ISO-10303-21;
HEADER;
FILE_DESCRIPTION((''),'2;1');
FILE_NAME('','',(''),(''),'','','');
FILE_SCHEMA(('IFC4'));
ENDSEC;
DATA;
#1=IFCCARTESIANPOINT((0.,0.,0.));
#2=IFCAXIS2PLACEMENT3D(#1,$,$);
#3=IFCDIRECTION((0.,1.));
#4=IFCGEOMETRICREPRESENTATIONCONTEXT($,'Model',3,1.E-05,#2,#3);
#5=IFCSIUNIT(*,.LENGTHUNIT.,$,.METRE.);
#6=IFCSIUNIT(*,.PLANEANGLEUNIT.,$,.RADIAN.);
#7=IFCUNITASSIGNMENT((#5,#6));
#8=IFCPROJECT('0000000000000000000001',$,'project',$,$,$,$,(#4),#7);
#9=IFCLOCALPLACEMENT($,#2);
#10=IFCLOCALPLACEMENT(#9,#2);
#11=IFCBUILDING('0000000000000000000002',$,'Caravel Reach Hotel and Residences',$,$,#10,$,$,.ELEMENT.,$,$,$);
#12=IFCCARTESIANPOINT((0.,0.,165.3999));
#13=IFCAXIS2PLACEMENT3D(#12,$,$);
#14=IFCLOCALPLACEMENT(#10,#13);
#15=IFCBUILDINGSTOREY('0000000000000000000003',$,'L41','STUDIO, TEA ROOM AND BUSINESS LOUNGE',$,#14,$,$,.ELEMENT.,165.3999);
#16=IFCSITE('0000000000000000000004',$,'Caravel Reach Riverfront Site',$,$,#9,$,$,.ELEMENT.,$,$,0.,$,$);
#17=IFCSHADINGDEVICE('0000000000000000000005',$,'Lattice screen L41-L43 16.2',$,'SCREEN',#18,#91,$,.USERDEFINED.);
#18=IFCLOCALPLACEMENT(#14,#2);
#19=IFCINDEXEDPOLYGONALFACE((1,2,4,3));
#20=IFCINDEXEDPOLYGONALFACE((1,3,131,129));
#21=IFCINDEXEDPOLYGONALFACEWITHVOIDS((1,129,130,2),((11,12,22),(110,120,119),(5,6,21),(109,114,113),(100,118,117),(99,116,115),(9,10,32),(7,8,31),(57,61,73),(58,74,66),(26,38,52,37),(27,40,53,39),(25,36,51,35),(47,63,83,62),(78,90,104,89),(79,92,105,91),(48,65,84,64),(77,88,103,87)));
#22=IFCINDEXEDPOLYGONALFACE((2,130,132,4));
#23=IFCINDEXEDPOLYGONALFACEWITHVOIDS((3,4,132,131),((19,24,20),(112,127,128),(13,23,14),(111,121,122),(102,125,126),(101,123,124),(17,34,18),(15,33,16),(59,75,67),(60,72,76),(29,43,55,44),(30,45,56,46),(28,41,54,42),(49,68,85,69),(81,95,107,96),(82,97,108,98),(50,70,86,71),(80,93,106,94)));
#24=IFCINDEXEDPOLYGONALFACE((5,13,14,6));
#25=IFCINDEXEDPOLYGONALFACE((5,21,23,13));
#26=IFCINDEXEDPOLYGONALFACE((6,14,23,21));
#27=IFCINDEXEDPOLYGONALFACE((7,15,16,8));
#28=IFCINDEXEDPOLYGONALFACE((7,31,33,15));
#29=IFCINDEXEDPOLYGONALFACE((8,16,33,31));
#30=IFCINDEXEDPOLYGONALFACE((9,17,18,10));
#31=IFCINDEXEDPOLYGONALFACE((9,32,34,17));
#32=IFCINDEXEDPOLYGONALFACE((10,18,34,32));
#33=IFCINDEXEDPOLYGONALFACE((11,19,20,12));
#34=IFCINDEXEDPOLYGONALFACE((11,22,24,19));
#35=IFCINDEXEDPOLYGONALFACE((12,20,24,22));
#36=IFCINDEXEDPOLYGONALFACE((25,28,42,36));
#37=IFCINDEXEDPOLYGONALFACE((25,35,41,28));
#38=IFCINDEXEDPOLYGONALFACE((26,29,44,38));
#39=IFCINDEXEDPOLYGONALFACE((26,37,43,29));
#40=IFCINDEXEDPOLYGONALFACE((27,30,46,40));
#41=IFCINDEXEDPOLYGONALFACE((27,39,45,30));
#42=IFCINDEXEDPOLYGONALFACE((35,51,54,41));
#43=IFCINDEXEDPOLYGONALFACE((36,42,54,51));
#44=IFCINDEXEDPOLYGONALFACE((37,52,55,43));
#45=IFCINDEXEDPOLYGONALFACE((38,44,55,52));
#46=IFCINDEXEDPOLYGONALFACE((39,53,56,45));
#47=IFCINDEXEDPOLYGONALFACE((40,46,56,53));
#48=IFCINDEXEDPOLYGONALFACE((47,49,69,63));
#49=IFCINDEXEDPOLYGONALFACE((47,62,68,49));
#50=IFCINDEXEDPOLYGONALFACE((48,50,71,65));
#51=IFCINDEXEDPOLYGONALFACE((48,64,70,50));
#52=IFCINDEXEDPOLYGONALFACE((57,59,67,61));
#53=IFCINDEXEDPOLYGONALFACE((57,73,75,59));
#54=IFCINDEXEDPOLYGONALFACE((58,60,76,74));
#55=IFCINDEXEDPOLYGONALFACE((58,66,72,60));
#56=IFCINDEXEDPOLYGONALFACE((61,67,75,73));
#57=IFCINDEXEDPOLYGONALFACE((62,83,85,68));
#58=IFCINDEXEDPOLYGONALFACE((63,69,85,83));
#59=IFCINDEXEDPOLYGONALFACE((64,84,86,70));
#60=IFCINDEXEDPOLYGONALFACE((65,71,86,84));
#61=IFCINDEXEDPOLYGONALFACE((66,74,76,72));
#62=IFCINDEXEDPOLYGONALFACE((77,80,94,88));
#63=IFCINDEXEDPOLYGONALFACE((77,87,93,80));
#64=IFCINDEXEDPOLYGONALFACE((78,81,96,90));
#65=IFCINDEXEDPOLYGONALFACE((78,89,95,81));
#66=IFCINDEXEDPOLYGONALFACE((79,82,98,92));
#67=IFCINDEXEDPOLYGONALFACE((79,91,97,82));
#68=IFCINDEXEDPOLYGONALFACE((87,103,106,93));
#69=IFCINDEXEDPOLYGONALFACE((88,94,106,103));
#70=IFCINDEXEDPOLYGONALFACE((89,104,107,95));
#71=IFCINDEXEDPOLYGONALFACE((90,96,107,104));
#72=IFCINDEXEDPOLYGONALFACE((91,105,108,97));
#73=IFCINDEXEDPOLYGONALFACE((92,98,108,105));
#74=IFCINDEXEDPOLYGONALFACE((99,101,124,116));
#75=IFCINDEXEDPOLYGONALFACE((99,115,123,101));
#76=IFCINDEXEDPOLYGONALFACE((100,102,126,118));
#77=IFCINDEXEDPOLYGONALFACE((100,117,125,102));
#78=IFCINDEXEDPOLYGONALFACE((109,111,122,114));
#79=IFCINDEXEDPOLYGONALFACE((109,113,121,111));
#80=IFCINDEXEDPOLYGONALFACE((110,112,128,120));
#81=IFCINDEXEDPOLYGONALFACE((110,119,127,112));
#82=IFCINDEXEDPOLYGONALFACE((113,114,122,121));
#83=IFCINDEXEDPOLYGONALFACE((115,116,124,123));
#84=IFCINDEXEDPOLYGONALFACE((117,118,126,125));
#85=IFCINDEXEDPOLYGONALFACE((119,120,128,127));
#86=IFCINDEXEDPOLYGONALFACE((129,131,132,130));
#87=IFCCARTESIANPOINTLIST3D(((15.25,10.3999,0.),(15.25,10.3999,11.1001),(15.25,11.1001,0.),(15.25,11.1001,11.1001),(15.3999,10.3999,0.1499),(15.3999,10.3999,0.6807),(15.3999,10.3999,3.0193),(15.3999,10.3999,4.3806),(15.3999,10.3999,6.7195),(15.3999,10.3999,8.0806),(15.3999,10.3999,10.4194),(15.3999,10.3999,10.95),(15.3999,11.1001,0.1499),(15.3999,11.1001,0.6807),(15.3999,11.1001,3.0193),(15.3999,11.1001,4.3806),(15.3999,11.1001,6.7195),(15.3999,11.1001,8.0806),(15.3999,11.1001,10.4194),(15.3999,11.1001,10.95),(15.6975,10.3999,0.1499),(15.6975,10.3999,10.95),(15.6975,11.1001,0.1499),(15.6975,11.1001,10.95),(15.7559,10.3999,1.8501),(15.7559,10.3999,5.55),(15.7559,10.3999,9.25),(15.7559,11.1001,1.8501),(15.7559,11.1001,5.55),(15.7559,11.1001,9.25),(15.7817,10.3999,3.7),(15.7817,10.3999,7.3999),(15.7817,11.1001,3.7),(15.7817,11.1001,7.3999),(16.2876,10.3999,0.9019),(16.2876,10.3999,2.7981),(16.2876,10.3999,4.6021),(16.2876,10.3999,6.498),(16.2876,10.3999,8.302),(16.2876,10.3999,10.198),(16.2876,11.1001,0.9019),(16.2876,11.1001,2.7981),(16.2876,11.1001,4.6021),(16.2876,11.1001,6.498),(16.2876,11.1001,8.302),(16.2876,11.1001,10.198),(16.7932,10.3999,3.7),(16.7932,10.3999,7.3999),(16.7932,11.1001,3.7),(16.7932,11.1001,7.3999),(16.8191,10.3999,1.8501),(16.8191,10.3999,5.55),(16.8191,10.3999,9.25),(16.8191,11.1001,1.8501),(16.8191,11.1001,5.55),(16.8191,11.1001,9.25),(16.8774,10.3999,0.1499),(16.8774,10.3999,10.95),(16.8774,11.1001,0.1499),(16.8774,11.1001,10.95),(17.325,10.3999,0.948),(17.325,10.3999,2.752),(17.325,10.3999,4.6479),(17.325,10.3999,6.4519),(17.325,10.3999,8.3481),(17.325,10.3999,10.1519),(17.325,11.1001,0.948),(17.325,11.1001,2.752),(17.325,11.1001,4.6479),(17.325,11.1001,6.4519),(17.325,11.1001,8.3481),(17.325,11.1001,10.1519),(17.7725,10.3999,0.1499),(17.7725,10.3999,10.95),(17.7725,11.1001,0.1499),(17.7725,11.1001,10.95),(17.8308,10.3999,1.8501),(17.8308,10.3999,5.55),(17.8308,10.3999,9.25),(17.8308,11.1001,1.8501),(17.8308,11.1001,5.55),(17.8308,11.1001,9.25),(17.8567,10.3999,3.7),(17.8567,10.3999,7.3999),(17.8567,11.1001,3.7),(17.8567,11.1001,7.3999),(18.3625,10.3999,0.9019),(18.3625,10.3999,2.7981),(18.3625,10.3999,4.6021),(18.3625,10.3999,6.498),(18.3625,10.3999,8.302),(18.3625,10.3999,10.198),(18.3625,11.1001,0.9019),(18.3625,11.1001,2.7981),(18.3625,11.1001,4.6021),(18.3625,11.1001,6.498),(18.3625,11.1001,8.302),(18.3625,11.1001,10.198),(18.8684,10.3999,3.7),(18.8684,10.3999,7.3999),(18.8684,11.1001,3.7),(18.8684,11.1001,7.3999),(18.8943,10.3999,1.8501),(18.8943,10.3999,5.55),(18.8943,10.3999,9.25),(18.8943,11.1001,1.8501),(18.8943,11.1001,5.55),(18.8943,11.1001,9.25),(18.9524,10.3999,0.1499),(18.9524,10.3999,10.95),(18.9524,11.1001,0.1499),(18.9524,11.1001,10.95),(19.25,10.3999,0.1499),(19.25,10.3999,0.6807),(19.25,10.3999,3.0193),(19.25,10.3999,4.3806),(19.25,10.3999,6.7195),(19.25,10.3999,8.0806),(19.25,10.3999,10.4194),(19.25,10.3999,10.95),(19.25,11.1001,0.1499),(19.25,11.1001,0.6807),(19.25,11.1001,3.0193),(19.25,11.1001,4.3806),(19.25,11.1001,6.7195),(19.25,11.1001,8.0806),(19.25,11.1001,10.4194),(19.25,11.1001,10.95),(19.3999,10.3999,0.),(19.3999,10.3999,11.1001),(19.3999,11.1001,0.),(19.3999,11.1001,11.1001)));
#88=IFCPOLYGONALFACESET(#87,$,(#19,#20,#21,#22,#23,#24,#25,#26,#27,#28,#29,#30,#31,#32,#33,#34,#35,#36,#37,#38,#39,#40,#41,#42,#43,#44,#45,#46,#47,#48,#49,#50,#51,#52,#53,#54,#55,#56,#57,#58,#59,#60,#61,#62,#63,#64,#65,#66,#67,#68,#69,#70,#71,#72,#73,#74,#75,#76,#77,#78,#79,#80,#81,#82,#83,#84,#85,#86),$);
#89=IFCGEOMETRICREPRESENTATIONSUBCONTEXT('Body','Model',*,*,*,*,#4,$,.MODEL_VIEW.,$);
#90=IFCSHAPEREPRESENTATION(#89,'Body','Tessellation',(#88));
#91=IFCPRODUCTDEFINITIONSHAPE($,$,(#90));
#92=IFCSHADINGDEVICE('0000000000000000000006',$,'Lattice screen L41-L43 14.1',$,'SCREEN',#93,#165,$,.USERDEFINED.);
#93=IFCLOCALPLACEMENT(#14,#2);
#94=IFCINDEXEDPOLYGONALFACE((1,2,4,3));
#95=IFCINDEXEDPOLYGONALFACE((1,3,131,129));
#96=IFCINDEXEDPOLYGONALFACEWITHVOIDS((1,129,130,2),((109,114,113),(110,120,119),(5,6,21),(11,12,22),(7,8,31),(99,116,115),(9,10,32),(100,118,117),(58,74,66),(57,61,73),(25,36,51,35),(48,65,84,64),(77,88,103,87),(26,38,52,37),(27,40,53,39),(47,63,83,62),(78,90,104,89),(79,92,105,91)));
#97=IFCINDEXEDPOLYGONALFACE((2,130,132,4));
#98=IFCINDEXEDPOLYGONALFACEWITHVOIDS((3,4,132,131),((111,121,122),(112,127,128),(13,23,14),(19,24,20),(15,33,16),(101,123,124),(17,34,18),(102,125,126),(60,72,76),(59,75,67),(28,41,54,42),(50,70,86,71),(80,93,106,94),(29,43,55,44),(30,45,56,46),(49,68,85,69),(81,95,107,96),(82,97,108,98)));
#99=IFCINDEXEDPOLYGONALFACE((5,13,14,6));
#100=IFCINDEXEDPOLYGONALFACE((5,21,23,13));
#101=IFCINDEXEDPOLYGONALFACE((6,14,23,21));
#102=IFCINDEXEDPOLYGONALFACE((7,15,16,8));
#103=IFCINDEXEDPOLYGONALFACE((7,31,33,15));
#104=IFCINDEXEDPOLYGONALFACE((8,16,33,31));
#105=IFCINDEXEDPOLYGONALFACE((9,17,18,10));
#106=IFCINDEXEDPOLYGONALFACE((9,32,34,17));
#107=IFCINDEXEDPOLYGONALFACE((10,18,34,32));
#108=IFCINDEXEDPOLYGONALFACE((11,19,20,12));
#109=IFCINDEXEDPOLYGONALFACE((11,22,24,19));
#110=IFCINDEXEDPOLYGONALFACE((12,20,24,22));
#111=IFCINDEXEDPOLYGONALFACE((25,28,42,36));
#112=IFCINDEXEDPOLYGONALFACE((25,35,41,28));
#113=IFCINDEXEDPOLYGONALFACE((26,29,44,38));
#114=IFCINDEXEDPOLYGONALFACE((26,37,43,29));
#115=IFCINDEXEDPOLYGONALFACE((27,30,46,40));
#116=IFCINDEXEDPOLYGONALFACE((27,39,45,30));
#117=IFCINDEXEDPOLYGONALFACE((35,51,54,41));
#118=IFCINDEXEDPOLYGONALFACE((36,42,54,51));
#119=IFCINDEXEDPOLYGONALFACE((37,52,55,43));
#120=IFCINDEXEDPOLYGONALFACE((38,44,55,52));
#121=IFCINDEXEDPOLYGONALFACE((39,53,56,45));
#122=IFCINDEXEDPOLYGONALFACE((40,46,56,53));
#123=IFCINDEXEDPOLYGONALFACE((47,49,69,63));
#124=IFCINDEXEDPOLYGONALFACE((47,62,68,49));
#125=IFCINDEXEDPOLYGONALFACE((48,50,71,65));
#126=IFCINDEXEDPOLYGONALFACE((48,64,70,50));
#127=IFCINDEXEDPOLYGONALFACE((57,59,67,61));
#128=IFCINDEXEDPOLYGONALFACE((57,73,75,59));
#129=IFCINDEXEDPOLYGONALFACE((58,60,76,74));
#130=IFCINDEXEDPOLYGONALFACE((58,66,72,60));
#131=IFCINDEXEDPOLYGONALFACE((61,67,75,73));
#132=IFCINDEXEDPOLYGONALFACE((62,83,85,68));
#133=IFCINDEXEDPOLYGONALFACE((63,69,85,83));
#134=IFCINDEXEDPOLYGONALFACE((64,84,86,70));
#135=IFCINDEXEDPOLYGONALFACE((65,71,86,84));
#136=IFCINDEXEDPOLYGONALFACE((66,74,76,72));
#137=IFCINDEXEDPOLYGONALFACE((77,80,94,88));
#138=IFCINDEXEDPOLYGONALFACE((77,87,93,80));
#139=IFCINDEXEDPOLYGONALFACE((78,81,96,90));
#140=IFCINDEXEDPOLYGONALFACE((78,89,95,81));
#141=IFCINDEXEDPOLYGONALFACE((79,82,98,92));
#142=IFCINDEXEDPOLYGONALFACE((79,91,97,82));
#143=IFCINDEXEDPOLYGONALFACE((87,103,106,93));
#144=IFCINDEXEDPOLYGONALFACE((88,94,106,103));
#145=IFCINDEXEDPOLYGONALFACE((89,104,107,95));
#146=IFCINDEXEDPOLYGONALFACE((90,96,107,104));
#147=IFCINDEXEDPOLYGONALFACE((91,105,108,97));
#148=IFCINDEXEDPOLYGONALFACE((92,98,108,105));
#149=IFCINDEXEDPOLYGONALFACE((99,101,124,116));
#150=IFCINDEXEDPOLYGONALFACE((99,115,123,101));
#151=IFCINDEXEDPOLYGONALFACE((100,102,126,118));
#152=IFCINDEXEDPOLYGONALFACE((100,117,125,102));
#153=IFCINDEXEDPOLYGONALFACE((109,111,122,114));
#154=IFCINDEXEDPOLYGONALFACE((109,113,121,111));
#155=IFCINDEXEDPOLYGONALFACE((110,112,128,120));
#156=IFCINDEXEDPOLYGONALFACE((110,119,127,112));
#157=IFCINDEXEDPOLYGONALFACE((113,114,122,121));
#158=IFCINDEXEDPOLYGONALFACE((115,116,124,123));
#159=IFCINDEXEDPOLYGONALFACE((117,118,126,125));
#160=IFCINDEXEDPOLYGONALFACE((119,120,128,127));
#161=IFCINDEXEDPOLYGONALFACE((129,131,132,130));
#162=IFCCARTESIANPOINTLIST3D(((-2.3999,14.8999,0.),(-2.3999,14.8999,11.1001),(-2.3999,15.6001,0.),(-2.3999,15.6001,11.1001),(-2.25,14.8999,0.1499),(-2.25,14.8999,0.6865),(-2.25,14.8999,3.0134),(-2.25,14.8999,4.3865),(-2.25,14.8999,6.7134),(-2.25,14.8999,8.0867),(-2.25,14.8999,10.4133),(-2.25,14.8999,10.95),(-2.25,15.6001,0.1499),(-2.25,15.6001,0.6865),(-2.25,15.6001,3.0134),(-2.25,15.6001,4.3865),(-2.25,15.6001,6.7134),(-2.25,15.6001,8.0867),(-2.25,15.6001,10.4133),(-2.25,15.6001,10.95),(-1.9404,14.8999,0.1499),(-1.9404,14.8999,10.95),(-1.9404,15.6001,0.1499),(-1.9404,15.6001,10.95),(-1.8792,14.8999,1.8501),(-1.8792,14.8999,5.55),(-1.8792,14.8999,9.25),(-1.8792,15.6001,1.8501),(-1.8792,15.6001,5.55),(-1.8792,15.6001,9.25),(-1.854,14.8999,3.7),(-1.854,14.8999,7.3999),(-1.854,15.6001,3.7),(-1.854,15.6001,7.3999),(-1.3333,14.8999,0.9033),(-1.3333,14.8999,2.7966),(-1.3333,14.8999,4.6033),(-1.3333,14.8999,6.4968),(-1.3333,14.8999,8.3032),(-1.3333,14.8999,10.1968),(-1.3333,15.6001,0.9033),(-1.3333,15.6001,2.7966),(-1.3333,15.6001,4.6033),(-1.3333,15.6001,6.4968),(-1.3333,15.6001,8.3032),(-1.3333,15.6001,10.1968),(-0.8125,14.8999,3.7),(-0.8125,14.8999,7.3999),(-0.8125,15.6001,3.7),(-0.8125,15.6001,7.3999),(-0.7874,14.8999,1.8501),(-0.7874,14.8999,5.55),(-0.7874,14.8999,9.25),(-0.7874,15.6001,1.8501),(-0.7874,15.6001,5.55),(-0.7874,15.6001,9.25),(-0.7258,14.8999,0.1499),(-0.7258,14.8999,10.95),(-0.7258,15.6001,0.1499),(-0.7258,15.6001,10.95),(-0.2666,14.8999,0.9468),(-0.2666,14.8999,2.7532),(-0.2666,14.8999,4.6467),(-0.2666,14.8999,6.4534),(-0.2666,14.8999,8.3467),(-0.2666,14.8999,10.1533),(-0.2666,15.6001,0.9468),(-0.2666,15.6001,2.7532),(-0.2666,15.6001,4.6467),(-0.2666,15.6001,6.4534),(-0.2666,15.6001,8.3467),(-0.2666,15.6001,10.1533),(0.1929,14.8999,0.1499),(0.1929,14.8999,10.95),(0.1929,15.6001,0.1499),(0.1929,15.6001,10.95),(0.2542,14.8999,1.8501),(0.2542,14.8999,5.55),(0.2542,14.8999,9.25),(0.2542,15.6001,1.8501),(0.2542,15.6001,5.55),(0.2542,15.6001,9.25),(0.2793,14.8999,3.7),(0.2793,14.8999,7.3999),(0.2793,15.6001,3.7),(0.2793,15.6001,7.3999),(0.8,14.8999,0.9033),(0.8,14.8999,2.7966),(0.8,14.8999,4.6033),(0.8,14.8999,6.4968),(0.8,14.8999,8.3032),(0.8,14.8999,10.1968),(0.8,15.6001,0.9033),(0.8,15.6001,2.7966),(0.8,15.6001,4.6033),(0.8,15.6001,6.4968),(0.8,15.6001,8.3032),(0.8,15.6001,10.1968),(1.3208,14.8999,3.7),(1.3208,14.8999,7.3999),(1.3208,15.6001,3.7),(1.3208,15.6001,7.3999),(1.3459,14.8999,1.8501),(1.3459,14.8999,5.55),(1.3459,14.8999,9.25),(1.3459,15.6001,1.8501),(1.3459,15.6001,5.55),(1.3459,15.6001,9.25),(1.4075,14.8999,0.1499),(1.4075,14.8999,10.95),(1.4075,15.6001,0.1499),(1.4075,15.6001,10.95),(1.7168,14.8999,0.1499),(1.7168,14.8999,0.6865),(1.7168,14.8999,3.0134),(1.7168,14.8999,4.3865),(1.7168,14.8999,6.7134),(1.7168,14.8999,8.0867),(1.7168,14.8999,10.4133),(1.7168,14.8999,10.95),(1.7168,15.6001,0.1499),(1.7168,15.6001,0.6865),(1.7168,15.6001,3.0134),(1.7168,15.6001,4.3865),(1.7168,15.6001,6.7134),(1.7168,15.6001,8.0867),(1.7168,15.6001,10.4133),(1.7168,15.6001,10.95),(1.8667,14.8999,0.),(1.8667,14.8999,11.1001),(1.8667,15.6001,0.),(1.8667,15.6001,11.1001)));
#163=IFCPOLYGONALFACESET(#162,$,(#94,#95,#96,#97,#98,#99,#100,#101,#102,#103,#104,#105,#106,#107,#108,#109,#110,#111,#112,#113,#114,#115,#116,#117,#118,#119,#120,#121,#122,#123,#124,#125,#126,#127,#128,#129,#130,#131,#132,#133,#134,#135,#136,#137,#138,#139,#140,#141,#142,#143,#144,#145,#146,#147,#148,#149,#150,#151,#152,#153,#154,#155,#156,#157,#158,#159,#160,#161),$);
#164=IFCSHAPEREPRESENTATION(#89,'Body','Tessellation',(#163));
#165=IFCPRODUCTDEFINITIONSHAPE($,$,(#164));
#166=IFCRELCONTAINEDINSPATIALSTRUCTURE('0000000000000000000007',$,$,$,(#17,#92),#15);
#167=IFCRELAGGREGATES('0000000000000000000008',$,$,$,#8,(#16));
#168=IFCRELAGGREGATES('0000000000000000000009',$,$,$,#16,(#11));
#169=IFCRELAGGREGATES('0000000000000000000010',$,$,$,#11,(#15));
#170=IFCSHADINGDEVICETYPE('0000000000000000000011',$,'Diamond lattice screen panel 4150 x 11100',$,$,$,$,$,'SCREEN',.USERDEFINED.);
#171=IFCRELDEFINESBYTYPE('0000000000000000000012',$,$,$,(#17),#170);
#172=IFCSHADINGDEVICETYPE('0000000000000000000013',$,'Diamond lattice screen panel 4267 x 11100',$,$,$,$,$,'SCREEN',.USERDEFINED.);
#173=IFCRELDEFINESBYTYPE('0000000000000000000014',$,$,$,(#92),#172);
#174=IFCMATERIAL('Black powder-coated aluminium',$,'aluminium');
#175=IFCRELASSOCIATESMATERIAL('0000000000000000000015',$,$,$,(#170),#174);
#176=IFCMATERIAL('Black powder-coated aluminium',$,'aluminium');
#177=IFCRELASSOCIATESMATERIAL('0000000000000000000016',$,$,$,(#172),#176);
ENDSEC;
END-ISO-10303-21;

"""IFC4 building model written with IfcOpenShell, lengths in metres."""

from ifc_helpers import new_model, si_unit, direction, frame, origin, place, context, subcontext, project, spatial, polyline, outline, extrude, material, type_object, element, save


model = new_model("IFC4")

# Units and contexts
model_context = context("Model", 3, precision=1e-05, world=origin(), true_north=direction((0.0, 1.0)))
body_context = subcontext(model_context, "Body", "Model", "MODEL_VIEW")
ifc_project = project(units=[si_unit("LENGTHUNIT", "METRE"), si_unit("PLANEANGLEUNIT", "RADIAN")], contexts=[model_context])

# Site, building, storey
site_placement = place(None, origin())
site = spatial("IfcSite", under=ifc_project, at=site_placement, Name="Caravel Reach Riverfront Site", CompositionType="ELEMENT", RefElevation=0.0)
building_placement = place(site_placement, origin())
building = spatial("IfcBuilding", under=site, at=building_placement, Name="Caravel Reach Hotel and Residences", CompositionType="ELEMENT")
storey_placement = place(building_placement, frame((0.0, 0.0, 165.3999)))
storey = spatial("IfcBuildingStorey", under=building, at=storey_placement, Name="L41", Description="STUDIO, TEA ROOM AND BUSINESS LOUNGE", CompositionType="ELEMENT", Elevation=165.3999)

# Shading devices
ifc_material_1 = material(Name="Black powder-coated aluminium", Category="aluminium")
shading_device_type_1 = type_object("IfcShadingDeviceType", Name="Diamond lattice screen panel 4150 x 11100", ElementType="SCREEN", PredefinedType="USERDEFINED", material=ifc_material_1)
shading_device_1_placement = place(storey_placement, frame((15.25, 11.1001, 0.0), z_axis=(0.0, -1.0, 0.0), x_axis=(1.0, 0.0, 0.0)))
element("IfcShadingDevice", 1, at=shading_device_1_placement, inside=storey, type_object=shading_device_type_1, Name="Lattice screen L41-L43 16.2", ObjectType="SCREEN", PredefinedType="USERDEFINED", context=body_context, shape_type="SweptSolid", body=[
    extrude(outline(polyline([(0.0, 0.0), (4.1499, 0.0), (4.1499, 11.1001), (0.0, 11.1001), (0.0, 0.0)]), holes=[polyline([(0.4475, 0.1499), (0.1499, 0.6807), (0.1499, 0.1499), (0.4475, 0.1499)]), polyline([(0.5317, 3.7), (0.1499, 4.3806), (0.1499, 3.0193), (0.5317, 3.7)]), polyline([(0.5317, 7.3999), (0.1499, 8.0806), (0.1499, 6.7195), (0.5317, 7.3999)]), polyline([(0.1499, 10.4194), (0.4475, 10.95), (0.1499, 10.95), (0.1499, 10.4194)]), polyline([(1.0376, 2.7981), (0.5059, 1.8501), (1.0376, 0.9019), (1.5691, 1.8501), (1.0376, 2.7981)]), polyline([(1.0376, 6.498), (0.5059, 5.55), (1.0376, 4.6021), (1.5691, 5.55), (1.0376, 6.498)]), polyline([(1.0376, 10.198), (0.5059, 9.25), (1.0376, 8.302), (1.5691, 9.25), (1.0376, 10.198)]), polyline([(2.075, 0.948), (1.6274, 0.1499), (2.5225, 0.1499), (2.075, 0.948)]), polyline([(2.075, 4.6479), (1.5432, 3.7), (2.075, 2.752), (2.6067, 3.7), (2.075, 4.6479)]), polyline([(2.075, 8.3481), (1.5432, 7.3999), (2.075, 6.4519), (2.6067, 7.3999), (2.075, 8.3481)]), polyline([(2.075, 10.1519), (2.5225, 10.95), (1.6274, 10.95), (2.075, 10.1519)]), polyline([(3.1125, 2.7981), (2.5808, 1.8501), (3.1125, 0.9019), (3.6443, 1.8501), (3.1125, 2.7981)]), polyline([(3.1125, 6.498), (2.5808, 5.55), (3.1125, 4.6021), (3.6443, 5.55), (3.1125, 6.498)]), polyline([(3.1125, 10.198), (2.5808, 9.25), (3.1125, 8.302), (3.6443, 9.25), (3.1125, 10.198)]), polyline([(4.0, 0.6807), (3.7024, 0.1499), (4.0, 0.1499), (4.0, 0.6807)]), polyline([(3.6184, 3.7), (4.0, 3.0193), (4.0, 4.3806), (3.6184, 3.7)]), polyline([(3.6184, 7.3999), (4.0, 6.7195), (4.0, 8.0806), (3.6184, 7.3999)]), polyline([(3.7024, 10.95), (4.0, 10.4194), (4.0, 10.95), (3.7024, 10.95)])]), origin(), (0.0, 0.0, 1.0), 0.7002),
])
ifc_material_2 = material(Name="Black powder-coated aluminium", Category="aluminium")
shading_device_type_2 = type_object("IfcShadingDeviceType", Name="Diamond lattice screen panel 4267 x 11100", ElementType="SCREEN", PredefinedType="USERDEFINED", material=ifc_material_2)
shading_device_2_placement = place(storey_placement, frame((-2.3999, 15.6001, 0.0), z_axis=(0.0, -1.0, 0.0), x_axis=(1.0, 0.0, 0.0)))
element("IfcShadingDevice", 2, at=shading_device_2_placement, inside=storey, type_object=shading_device_type_2, Name="Lattice screen L41-L43 14.1", ObjectType="SCREEN", PredefinedType="USERDEFINED", context=body_context, shape_type="SweptSolid", body=[
    extrude(outline(polyline([(0.0, 0.0), (4.2666, 0.0), (4.2666, 11.1001), (0.0, 11.1001), (0.0, 0.0)]), holes=[polyline([(0.4595, 0.1499), (0.1499, 0.6865), (0.1499, 0.1499), (0.4595, 0.1499)]), polyline([(0.5459, 3.7), (0.1499, 4.3865), (0.1499, 3.0134), (0.5459, 3.7)]), polyline([(0.5459, 7.3999), (0.1499, 8.0867), (0.1499, 6.7134), (0.5459, 7.3999)]), polyline([(0.1499, 10.4133), (0.4595, 10.95), (0.1499, 10.95), (0.1499, 10.4133)]), polyline([(1.0667, 2.7966), (0.5208, 1.8501), (1.0667, 0.9033), (1.6125, 1.8501), (1.0667, 2.7966)]), polyline([(1.0667, 6.4968), (0.5208, 5.55), (1.0667, 4.6033), (1.6125, 5.55), (1.0667, 6.4968)]), polyline([(1.0667, 10.1968), (0.5208, 9.25), (1.0667, 8.3032), (1.6125, 9.25), (1.0667, 10.1968)]), polyline([(2.1333, 0.9468), (1.6741, 0.1499), (2.5928, 0.1499), (2.1333, 0.9468)]), polyline([(2.1333, 4.6467), (1.5874, 3.7), (2.1333, 2.7532), (2.6792, 3.7), (2.1333, 4.6467)]), polyline([(2.1333, 8.3467), (1.5874, 7.3999), (2.1333, 6.4534), (2.6792, 7.3999), (2.1333, 8.3467)]), polyline([(2.1333, 10.1533), (2.5928, 10.95), (1.6741, 10.95), (2.1333, 10.1533)]), polyline([(3.2, 2.7966), (2.6541, 1.8501), (3.2, 0.9033), (3.7458, 1.8501), (3.2, 2.7966)]), polyline([(3.2, 6.4968), (2.6541, 5.55), (3.2, 4.6033), (3.7458, 5.55), (3.2, 6.4968)]), polyline([(3.2, 10.1968), (2.6541, 9.25), (3.2, 8.3032), (3.7458, 9.25), (3.2, 10.1968)]), polyline([(4.1167, 0.6865), (3.8074, 0.1499), (4.1167, 0.1499), (4.1167, 0.6865)]), polyline([(3.7207, 3.7), (4.1167, 3.0134), (4.1167, 4.3865), (3.7207, 3.7)]), polyline([(3.7207, 7.3999), (4.1167, 6.7134), (4.1167, 8.0867), (3.7207, 7.3999)]), polyline([(3.8074, 10.95), (4.1167, 10.4133), (4.1167, 10.95), (3.8074, 10.95)])]), origin(), (0.0, 0.0, 1.0), 0.7002),
])

save(model, "model.ifc")
